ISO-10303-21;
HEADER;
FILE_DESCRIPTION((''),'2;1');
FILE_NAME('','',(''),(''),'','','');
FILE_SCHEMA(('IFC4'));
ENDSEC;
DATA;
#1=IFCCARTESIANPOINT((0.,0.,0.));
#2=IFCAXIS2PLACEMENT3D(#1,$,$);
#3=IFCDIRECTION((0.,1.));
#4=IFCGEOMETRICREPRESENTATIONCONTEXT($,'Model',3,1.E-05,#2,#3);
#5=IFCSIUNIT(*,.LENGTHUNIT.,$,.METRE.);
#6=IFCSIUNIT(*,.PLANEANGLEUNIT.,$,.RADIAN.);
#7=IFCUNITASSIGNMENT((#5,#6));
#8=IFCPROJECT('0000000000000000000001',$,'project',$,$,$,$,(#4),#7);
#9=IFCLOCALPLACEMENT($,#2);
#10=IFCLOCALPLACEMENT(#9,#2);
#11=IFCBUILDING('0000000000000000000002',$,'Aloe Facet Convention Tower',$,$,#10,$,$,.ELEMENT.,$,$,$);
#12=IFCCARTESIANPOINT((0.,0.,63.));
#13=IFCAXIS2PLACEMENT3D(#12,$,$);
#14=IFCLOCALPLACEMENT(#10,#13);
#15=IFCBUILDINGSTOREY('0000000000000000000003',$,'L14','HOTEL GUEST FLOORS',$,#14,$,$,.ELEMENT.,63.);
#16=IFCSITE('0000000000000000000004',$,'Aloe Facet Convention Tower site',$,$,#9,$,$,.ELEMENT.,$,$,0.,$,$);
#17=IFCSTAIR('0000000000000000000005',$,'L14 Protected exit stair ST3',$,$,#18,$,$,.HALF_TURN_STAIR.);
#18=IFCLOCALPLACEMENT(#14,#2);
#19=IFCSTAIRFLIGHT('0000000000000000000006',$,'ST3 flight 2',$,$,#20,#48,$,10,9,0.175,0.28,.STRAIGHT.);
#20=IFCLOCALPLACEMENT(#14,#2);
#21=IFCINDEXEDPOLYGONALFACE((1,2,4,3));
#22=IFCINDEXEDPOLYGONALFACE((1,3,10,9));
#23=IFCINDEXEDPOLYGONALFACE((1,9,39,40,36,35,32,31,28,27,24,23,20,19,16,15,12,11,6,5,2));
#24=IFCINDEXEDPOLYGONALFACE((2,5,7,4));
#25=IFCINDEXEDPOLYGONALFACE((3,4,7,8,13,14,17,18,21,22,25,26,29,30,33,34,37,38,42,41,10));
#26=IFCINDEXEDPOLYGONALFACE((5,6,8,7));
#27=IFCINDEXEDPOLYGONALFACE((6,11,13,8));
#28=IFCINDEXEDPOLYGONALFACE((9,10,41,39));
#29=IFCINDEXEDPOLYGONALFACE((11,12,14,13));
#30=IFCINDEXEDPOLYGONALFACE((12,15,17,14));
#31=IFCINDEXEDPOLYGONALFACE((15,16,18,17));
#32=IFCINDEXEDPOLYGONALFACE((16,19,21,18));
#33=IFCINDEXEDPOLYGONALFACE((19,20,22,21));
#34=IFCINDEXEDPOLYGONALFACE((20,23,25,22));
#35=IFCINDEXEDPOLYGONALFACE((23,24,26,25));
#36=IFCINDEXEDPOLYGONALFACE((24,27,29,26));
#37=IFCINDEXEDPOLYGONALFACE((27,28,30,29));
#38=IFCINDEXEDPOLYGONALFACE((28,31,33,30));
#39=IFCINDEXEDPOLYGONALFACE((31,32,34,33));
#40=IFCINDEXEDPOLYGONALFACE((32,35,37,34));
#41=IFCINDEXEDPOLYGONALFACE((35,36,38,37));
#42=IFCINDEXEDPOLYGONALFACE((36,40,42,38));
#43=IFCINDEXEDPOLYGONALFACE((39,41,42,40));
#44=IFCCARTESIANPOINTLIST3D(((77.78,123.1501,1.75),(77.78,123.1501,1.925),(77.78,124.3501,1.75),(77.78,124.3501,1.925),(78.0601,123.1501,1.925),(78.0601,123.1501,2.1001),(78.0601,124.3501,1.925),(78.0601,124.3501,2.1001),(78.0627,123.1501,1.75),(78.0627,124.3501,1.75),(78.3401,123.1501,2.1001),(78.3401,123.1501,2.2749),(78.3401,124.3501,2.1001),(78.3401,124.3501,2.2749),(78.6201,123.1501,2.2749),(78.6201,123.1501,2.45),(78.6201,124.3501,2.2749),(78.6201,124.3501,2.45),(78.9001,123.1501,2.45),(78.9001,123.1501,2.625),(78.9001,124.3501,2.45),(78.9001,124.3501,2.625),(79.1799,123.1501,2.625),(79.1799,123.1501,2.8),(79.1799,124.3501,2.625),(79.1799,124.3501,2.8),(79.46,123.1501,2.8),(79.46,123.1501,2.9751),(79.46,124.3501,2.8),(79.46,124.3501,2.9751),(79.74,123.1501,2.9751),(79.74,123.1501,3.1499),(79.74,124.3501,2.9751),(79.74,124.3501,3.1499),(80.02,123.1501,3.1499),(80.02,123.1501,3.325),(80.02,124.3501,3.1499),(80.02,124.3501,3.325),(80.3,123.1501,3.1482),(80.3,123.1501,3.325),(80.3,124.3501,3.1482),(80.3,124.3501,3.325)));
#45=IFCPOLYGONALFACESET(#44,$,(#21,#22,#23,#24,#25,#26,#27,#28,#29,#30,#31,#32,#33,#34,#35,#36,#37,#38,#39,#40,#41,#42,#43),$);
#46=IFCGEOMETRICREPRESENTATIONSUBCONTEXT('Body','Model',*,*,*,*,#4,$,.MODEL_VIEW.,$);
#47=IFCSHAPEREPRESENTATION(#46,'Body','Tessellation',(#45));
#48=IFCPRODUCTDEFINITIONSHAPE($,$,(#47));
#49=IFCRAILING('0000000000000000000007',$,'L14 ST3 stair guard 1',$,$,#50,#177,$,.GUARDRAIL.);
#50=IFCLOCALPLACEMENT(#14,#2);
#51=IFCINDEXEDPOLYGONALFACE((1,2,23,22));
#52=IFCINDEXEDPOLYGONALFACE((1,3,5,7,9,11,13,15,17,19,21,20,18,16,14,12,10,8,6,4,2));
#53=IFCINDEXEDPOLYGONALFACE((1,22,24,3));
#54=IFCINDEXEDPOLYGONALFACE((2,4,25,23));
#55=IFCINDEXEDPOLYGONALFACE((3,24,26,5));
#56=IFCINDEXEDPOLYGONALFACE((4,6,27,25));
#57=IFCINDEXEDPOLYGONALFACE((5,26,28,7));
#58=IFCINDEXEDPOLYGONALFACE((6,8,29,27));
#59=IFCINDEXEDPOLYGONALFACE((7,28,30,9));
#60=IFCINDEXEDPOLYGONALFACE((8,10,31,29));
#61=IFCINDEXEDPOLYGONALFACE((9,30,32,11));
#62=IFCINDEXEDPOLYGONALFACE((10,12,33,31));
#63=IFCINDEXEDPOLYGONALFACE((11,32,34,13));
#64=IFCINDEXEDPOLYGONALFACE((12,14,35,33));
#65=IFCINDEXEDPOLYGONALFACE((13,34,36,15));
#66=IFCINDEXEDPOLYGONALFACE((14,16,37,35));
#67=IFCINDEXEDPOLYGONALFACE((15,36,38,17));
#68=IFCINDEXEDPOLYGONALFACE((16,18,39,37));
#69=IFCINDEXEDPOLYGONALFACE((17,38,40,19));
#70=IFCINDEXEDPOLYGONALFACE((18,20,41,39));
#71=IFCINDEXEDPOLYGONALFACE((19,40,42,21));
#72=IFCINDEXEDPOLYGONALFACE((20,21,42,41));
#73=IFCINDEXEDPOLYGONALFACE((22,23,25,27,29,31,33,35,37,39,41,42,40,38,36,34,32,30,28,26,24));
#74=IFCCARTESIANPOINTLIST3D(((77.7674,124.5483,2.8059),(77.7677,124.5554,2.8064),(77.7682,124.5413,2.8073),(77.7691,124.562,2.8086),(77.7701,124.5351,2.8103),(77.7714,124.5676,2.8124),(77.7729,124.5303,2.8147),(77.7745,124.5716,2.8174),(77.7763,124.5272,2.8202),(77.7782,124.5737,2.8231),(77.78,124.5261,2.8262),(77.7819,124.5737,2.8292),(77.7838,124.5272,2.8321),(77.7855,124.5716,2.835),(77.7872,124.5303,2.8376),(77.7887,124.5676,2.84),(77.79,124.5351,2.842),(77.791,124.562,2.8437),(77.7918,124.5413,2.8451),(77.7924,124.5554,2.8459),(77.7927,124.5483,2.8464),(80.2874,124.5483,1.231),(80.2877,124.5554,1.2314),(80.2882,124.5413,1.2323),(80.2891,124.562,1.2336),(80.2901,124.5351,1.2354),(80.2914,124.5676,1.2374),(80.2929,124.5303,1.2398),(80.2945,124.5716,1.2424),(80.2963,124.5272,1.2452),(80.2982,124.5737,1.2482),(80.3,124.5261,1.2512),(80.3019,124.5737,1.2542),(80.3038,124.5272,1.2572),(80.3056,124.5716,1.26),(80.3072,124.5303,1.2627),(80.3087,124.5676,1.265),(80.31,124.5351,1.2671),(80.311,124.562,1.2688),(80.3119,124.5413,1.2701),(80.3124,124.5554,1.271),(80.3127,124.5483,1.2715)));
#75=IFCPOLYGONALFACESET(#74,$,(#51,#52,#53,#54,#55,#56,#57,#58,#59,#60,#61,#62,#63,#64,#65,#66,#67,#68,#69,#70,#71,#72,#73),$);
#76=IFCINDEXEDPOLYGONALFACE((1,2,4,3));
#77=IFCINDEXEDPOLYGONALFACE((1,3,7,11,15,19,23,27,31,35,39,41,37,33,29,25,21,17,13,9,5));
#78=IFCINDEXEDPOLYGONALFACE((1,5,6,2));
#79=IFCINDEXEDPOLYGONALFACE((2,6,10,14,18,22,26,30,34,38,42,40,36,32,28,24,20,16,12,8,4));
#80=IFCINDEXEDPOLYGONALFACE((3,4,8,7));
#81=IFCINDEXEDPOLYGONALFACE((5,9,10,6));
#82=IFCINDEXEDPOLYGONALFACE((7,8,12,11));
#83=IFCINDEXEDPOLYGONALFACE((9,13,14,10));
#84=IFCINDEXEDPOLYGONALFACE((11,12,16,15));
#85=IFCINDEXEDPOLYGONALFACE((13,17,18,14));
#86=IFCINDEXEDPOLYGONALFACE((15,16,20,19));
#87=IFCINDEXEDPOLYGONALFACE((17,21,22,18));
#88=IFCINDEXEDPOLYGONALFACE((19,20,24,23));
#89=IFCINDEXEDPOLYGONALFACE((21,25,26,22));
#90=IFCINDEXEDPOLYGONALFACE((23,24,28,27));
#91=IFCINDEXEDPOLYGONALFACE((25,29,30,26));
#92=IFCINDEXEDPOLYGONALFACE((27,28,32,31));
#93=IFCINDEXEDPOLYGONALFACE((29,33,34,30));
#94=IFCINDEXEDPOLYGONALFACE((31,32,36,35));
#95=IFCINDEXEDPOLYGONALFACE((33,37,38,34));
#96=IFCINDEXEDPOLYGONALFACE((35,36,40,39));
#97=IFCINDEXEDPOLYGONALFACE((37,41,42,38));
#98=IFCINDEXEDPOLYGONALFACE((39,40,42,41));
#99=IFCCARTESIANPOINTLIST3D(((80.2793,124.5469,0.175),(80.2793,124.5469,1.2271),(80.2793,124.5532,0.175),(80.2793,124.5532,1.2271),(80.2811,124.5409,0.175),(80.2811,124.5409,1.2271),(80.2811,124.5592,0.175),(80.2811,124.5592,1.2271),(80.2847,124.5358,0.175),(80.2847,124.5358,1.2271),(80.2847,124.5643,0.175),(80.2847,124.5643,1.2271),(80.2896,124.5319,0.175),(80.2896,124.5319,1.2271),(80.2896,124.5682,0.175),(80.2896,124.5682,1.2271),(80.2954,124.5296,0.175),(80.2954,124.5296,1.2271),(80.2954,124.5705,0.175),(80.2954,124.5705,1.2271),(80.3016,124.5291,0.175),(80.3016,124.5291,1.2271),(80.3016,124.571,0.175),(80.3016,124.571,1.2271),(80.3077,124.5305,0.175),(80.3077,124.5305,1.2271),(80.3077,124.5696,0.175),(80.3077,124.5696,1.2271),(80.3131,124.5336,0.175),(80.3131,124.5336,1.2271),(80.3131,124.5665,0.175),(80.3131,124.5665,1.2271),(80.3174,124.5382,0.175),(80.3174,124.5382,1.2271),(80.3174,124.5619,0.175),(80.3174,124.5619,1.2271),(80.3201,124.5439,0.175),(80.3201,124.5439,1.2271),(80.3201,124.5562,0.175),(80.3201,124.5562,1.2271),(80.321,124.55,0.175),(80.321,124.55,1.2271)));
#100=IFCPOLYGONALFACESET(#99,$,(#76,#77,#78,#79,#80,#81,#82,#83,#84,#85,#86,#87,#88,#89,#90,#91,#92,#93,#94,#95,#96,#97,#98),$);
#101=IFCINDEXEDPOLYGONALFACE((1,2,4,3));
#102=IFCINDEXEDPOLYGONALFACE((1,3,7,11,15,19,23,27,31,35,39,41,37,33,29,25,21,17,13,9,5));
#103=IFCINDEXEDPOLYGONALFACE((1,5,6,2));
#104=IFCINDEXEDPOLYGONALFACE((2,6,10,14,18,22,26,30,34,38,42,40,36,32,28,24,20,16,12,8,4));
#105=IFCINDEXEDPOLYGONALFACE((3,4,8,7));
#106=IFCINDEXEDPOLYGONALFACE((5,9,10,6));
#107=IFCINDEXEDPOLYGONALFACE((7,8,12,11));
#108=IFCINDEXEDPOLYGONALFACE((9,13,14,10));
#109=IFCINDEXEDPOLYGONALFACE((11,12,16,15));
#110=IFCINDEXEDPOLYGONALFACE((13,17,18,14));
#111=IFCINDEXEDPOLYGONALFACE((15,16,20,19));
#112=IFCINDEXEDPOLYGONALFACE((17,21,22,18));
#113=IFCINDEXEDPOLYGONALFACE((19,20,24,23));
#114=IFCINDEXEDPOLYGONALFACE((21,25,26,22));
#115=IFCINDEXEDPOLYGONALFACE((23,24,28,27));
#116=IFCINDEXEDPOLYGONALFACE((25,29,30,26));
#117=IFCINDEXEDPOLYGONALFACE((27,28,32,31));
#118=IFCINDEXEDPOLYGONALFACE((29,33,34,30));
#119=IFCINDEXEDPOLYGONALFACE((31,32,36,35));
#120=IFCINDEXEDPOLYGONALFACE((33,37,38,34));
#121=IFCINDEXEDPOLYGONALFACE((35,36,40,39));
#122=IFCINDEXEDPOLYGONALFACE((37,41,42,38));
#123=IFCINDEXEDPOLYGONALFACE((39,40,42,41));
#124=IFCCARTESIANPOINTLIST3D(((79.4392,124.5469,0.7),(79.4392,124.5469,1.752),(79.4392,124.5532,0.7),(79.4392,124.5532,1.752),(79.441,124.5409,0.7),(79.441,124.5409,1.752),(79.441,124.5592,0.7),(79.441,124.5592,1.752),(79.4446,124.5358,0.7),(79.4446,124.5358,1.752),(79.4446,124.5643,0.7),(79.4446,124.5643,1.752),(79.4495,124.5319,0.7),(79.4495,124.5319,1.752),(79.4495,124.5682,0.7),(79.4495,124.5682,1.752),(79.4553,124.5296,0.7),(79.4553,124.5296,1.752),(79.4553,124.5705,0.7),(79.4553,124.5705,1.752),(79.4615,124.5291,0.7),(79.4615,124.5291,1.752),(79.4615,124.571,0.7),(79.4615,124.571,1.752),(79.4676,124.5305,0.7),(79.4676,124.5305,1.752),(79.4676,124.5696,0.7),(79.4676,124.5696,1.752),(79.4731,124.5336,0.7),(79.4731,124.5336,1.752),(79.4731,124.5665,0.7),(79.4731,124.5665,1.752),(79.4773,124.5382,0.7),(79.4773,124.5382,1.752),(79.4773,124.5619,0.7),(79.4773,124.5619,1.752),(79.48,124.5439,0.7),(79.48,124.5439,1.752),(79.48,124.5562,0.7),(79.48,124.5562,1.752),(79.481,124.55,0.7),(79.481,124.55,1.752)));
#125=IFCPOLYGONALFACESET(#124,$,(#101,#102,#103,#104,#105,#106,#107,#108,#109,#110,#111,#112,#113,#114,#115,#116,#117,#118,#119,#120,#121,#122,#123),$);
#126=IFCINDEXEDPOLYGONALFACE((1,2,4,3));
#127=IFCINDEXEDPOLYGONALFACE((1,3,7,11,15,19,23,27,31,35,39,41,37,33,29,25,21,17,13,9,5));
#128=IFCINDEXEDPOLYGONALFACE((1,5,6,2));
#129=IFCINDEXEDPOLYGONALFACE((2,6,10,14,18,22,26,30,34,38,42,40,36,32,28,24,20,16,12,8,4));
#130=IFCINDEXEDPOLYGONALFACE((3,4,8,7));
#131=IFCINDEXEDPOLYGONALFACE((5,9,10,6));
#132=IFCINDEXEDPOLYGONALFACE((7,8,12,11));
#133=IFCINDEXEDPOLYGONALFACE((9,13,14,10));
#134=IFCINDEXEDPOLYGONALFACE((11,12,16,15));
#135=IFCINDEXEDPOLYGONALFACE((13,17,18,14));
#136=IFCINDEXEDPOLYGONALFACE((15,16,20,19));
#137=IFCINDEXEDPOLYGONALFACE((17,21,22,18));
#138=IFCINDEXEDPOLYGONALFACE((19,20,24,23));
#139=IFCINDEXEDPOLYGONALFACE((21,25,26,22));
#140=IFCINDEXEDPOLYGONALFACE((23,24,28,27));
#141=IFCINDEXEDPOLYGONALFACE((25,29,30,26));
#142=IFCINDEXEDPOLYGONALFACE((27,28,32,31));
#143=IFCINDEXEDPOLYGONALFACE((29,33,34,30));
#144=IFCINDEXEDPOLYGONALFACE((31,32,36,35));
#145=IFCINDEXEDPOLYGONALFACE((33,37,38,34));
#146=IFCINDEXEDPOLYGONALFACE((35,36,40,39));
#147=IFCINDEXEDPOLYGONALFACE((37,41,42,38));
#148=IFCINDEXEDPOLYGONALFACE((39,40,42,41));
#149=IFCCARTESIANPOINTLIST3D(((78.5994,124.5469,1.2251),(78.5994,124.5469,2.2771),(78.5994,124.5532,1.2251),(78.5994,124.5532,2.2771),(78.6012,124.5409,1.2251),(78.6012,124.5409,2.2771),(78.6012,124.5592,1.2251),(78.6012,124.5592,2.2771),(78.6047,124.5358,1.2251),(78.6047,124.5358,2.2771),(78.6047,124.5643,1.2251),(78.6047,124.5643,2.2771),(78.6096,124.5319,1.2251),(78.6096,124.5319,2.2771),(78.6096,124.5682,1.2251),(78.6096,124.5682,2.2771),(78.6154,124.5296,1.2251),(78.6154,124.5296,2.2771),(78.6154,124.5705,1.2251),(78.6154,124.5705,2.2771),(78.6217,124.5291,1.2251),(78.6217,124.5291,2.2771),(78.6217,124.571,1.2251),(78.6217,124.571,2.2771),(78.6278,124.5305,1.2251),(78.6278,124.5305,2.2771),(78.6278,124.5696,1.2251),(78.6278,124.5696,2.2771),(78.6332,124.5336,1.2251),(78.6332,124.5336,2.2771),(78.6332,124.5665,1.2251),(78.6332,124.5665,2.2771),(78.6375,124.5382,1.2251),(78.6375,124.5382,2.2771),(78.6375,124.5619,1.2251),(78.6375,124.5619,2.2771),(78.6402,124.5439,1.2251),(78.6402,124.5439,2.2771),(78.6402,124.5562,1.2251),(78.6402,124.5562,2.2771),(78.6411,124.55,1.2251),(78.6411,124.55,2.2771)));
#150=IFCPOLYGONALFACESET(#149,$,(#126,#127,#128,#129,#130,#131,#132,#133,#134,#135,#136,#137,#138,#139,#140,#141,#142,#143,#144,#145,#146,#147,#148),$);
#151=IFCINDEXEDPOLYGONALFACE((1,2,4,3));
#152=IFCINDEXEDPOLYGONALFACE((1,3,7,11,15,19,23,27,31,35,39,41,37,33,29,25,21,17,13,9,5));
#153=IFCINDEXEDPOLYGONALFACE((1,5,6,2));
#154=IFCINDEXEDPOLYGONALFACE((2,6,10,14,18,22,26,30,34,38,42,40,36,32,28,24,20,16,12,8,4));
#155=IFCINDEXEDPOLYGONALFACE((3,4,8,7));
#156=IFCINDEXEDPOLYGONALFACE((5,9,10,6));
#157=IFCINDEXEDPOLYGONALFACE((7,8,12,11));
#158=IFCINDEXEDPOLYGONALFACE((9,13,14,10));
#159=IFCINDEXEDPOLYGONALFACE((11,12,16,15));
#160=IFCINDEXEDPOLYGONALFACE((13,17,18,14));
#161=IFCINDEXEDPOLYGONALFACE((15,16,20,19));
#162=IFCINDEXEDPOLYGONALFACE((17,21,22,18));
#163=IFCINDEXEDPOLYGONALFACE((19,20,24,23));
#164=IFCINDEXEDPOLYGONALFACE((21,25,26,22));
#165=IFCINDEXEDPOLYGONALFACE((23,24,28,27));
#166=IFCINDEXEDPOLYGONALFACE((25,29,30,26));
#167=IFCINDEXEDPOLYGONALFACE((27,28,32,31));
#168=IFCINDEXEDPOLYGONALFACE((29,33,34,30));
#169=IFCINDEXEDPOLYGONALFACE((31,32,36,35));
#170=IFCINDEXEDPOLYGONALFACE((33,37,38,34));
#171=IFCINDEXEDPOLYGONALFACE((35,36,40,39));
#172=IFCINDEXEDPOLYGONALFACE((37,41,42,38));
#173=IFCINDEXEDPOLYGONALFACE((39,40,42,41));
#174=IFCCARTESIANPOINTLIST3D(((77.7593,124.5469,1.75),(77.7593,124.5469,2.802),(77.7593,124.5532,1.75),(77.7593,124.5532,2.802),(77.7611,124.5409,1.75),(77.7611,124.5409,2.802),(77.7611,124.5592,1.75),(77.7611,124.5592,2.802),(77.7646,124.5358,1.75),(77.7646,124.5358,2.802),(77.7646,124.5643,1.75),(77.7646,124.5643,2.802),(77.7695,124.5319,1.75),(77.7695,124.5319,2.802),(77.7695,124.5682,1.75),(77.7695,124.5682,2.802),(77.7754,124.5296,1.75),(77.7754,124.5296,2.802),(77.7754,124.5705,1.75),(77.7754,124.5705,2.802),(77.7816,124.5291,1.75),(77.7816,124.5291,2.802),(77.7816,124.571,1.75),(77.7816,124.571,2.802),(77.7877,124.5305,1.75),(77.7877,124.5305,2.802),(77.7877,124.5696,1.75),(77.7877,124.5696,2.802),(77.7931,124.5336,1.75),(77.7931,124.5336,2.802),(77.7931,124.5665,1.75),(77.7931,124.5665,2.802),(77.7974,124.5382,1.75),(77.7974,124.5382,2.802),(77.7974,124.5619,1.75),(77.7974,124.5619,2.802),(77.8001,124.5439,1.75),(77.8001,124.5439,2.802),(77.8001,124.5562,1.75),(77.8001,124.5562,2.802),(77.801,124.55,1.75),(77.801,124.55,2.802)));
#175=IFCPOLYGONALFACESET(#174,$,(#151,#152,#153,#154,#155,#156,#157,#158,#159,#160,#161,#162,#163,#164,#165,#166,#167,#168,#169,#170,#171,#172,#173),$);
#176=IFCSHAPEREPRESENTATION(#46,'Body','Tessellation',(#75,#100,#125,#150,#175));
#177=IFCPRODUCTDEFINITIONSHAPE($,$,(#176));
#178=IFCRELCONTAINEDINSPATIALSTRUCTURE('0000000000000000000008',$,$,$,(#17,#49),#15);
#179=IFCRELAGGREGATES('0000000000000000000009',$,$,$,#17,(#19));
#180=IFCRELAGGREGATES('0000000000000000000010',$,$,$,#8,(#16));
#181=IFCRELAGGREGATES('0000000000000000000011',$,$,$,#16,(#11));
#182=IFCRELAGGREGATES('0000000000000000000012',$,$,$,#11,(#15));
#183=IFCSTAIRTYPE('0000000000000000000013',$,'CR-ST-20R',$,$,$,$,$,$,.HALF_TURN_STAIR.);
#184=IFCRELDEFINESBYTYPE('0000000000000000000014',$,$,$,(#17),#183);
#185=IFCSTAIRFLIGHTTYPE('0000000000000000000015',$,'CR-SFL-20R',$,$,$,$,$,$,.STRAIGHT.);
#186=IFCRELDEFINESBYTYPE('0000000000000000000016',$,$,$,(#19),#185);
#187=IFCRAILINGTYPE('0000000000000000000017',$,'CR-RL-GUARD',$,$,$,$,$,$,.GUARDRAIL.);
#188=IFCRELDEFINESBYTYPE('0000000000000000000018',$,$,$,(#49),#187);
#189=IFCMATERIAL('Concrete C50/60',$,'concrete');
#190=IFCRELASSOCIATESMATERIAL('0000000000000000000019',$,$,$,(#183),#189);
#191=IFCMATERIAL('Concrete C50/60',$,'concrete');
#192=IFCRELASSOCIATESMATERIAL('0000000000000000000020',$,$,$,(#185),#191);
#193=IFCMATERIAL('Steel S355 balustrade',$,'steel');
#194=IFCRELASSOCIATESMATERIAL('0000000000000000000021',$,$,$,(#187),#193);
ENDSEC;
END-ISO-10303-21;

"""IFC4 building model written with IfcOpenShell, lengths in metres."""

from ifc_helpers import new_model, si_unit, direction, frame, origin, origin_2d, place, context, subcontext, project, spatial, polyline, circle, outline, extrude, material, type_object, element, aggregate, save


model = new_model("IFC4")

# Units and contexts
model_context = context("Model", 3, precision=1e-05, world=origin(), true_north=direction((0.0, 1.0)))
body_context = subcontext(model_context, "Body", "Model", "MODEL_VIEW")
ifc_project = project(units=[si_unit("LENGTHUNIT", "METRE"), si_unit("PLANEANGLEUNIT", "RADIAN")], contexts=[model_context])

# Site, building, storey
site_placement = place(None, origin())
site = spatial("IfcSite", under=ifc_project, at=site_placement, Name="Aloe Facet Convention Tower site", CompositionType="ELEMENT", RefElevation=0.0)
building_placement = place(site_placement, origin())
building = spatial("IfcBuilding", under=site, at=building_placement, Name="Aloe Facet Convention Tower", CompositionType="ELEMENT")
storey_placement = place(building_placement, frame((0.0, 0.0, 63.0)))
storey = spatial("IfcBuildingStorey", under=building, at=storey_placement, Name="L14", Description="HOTEL GUEST FLOORS", CompositionType="ELEMENT", Elevation=63.0)

# Stair, stair flight
ifc_material_1 = material(Name="Concrete C50/60", Category="concrete")
stair_type = type_object("IfcStairType", Name="CR-ST-20R", PredefinedType="HALF_TURN_STAIR", material=ifc_material_1)
stair_placement = place(storey_placement, origin())
stair = element("IfcStair", 1, at=stair_placement, inside=storey, type_object=stair_type, Name="L14 Protected exit stair ST3", PredefinedType="HALF_TURN_STAIR")
ifc_material_2 = material(Name="Concrete C50/60", Category="concrete")
stair_flight_type = type_object("IfcStairFlightType", Name="CR-SFL-20R", PredefinedType="STRAIGHT", material=ifc_material_2)
stair_flight_1_placement = place(storey_placement, frame((77.78, 123.75, 1.75), z_axis=(0.0, 0.0, 1.0), x_axis=(1.0, 0.0, 0.0)))
stair_flight_1 = element("IfcStairFlight", 2, at=stair_flight_1_placement, type_object=stair_flight_type, Name="ST3 flight 2", NumberOfRisers=10, NumberOfTreads=9, PredefinedType="STRAIGHT", RiserHeight=0.175, TreadLength=0.28, context=body_context, shape_type="SweptSolid", body=[
    extrude(outline(polyline([(0.0, 0.0), (0.0, 0.175), (0.28, 0.175), (0.28, 0.3501), (0.5601, 0.3501), (0.5601, 0.5249), (0.8401, 0.5249), (0.8401, 0.7), (1.1201, 0.7), (1.1201, 0.875), (1.3999, 0.875), (1.3999, 1.05), (1.6799, 1.05), (1.6799, 1.2251), (1.96, 1.2251), (1.96, 1.3999), (2.24, 1.3999), (2.24, 1.575), (2.52, 1.575), (2.52, 1.75), (2.52, 1.3982), (0.2827, 0.0), (0.0, 0.0)])), frame((0.0, 0.6001, 0.0), z_axis=(0.0, -1.0, 0.0), x_axis=(1.0, 0.0, 0.0)), (0.0, 0.0, 1.0), 1.2),
])
aggregate(stair, [stair_flight_1])

# Railing
ifc_material_3 = material(Name="Steel S355 balustrade", Category="steel")
railing_type_1 = type_object("IfcRailingType", Name="CR-RL-GUARD", PredefinedType="GUARDRAIL", material=ifc_material_3)
railing_1_placement = place(storey_placement, frame((80.3, 124.55, 0.175)))
element("IfcRailing", 3, at=railing_1_placement, inside=storey, type_object=railing_type_1, Name="L14 ST3 stair guard 1", PredefinedType="GUARDRAIL", context=body_context, shape_type="SweptSolid", body=[
    extrude(circle(Radius=0.0239, at=origin_2d()), frame((0.0, 0.0, 1.0762), z_axis=(-0.848008, 0.0, 0.529984), x_axis=(0.0, -1.0, 0.0)), (0.0, 0.0, 1.0), 2.9717),
    extrude(circle(Radius=0.021, at=origin_2d()), origin(), (0.0, 0.0, 1.0), 1.052),
    extrude(circle(Radius=0.021, at=origin_2d()), frame((-0.8401, 0.0, 0.5249)), (0.0, 0.0, 1.0), 1.052),
    extrude(circle(Radius=0.021, at=origin_2d()), frame((-1.6799, 0.0, 1.05)), (0.0, 0.0, 1.0), 1.052),
    extrude(circle(Radius=0.021, at=origin_2d()), frame((-2.52, 0.0, 1.575)), (0.0, 0.0, 1.0), 1.052),
])

save(model, "model.ifc")
